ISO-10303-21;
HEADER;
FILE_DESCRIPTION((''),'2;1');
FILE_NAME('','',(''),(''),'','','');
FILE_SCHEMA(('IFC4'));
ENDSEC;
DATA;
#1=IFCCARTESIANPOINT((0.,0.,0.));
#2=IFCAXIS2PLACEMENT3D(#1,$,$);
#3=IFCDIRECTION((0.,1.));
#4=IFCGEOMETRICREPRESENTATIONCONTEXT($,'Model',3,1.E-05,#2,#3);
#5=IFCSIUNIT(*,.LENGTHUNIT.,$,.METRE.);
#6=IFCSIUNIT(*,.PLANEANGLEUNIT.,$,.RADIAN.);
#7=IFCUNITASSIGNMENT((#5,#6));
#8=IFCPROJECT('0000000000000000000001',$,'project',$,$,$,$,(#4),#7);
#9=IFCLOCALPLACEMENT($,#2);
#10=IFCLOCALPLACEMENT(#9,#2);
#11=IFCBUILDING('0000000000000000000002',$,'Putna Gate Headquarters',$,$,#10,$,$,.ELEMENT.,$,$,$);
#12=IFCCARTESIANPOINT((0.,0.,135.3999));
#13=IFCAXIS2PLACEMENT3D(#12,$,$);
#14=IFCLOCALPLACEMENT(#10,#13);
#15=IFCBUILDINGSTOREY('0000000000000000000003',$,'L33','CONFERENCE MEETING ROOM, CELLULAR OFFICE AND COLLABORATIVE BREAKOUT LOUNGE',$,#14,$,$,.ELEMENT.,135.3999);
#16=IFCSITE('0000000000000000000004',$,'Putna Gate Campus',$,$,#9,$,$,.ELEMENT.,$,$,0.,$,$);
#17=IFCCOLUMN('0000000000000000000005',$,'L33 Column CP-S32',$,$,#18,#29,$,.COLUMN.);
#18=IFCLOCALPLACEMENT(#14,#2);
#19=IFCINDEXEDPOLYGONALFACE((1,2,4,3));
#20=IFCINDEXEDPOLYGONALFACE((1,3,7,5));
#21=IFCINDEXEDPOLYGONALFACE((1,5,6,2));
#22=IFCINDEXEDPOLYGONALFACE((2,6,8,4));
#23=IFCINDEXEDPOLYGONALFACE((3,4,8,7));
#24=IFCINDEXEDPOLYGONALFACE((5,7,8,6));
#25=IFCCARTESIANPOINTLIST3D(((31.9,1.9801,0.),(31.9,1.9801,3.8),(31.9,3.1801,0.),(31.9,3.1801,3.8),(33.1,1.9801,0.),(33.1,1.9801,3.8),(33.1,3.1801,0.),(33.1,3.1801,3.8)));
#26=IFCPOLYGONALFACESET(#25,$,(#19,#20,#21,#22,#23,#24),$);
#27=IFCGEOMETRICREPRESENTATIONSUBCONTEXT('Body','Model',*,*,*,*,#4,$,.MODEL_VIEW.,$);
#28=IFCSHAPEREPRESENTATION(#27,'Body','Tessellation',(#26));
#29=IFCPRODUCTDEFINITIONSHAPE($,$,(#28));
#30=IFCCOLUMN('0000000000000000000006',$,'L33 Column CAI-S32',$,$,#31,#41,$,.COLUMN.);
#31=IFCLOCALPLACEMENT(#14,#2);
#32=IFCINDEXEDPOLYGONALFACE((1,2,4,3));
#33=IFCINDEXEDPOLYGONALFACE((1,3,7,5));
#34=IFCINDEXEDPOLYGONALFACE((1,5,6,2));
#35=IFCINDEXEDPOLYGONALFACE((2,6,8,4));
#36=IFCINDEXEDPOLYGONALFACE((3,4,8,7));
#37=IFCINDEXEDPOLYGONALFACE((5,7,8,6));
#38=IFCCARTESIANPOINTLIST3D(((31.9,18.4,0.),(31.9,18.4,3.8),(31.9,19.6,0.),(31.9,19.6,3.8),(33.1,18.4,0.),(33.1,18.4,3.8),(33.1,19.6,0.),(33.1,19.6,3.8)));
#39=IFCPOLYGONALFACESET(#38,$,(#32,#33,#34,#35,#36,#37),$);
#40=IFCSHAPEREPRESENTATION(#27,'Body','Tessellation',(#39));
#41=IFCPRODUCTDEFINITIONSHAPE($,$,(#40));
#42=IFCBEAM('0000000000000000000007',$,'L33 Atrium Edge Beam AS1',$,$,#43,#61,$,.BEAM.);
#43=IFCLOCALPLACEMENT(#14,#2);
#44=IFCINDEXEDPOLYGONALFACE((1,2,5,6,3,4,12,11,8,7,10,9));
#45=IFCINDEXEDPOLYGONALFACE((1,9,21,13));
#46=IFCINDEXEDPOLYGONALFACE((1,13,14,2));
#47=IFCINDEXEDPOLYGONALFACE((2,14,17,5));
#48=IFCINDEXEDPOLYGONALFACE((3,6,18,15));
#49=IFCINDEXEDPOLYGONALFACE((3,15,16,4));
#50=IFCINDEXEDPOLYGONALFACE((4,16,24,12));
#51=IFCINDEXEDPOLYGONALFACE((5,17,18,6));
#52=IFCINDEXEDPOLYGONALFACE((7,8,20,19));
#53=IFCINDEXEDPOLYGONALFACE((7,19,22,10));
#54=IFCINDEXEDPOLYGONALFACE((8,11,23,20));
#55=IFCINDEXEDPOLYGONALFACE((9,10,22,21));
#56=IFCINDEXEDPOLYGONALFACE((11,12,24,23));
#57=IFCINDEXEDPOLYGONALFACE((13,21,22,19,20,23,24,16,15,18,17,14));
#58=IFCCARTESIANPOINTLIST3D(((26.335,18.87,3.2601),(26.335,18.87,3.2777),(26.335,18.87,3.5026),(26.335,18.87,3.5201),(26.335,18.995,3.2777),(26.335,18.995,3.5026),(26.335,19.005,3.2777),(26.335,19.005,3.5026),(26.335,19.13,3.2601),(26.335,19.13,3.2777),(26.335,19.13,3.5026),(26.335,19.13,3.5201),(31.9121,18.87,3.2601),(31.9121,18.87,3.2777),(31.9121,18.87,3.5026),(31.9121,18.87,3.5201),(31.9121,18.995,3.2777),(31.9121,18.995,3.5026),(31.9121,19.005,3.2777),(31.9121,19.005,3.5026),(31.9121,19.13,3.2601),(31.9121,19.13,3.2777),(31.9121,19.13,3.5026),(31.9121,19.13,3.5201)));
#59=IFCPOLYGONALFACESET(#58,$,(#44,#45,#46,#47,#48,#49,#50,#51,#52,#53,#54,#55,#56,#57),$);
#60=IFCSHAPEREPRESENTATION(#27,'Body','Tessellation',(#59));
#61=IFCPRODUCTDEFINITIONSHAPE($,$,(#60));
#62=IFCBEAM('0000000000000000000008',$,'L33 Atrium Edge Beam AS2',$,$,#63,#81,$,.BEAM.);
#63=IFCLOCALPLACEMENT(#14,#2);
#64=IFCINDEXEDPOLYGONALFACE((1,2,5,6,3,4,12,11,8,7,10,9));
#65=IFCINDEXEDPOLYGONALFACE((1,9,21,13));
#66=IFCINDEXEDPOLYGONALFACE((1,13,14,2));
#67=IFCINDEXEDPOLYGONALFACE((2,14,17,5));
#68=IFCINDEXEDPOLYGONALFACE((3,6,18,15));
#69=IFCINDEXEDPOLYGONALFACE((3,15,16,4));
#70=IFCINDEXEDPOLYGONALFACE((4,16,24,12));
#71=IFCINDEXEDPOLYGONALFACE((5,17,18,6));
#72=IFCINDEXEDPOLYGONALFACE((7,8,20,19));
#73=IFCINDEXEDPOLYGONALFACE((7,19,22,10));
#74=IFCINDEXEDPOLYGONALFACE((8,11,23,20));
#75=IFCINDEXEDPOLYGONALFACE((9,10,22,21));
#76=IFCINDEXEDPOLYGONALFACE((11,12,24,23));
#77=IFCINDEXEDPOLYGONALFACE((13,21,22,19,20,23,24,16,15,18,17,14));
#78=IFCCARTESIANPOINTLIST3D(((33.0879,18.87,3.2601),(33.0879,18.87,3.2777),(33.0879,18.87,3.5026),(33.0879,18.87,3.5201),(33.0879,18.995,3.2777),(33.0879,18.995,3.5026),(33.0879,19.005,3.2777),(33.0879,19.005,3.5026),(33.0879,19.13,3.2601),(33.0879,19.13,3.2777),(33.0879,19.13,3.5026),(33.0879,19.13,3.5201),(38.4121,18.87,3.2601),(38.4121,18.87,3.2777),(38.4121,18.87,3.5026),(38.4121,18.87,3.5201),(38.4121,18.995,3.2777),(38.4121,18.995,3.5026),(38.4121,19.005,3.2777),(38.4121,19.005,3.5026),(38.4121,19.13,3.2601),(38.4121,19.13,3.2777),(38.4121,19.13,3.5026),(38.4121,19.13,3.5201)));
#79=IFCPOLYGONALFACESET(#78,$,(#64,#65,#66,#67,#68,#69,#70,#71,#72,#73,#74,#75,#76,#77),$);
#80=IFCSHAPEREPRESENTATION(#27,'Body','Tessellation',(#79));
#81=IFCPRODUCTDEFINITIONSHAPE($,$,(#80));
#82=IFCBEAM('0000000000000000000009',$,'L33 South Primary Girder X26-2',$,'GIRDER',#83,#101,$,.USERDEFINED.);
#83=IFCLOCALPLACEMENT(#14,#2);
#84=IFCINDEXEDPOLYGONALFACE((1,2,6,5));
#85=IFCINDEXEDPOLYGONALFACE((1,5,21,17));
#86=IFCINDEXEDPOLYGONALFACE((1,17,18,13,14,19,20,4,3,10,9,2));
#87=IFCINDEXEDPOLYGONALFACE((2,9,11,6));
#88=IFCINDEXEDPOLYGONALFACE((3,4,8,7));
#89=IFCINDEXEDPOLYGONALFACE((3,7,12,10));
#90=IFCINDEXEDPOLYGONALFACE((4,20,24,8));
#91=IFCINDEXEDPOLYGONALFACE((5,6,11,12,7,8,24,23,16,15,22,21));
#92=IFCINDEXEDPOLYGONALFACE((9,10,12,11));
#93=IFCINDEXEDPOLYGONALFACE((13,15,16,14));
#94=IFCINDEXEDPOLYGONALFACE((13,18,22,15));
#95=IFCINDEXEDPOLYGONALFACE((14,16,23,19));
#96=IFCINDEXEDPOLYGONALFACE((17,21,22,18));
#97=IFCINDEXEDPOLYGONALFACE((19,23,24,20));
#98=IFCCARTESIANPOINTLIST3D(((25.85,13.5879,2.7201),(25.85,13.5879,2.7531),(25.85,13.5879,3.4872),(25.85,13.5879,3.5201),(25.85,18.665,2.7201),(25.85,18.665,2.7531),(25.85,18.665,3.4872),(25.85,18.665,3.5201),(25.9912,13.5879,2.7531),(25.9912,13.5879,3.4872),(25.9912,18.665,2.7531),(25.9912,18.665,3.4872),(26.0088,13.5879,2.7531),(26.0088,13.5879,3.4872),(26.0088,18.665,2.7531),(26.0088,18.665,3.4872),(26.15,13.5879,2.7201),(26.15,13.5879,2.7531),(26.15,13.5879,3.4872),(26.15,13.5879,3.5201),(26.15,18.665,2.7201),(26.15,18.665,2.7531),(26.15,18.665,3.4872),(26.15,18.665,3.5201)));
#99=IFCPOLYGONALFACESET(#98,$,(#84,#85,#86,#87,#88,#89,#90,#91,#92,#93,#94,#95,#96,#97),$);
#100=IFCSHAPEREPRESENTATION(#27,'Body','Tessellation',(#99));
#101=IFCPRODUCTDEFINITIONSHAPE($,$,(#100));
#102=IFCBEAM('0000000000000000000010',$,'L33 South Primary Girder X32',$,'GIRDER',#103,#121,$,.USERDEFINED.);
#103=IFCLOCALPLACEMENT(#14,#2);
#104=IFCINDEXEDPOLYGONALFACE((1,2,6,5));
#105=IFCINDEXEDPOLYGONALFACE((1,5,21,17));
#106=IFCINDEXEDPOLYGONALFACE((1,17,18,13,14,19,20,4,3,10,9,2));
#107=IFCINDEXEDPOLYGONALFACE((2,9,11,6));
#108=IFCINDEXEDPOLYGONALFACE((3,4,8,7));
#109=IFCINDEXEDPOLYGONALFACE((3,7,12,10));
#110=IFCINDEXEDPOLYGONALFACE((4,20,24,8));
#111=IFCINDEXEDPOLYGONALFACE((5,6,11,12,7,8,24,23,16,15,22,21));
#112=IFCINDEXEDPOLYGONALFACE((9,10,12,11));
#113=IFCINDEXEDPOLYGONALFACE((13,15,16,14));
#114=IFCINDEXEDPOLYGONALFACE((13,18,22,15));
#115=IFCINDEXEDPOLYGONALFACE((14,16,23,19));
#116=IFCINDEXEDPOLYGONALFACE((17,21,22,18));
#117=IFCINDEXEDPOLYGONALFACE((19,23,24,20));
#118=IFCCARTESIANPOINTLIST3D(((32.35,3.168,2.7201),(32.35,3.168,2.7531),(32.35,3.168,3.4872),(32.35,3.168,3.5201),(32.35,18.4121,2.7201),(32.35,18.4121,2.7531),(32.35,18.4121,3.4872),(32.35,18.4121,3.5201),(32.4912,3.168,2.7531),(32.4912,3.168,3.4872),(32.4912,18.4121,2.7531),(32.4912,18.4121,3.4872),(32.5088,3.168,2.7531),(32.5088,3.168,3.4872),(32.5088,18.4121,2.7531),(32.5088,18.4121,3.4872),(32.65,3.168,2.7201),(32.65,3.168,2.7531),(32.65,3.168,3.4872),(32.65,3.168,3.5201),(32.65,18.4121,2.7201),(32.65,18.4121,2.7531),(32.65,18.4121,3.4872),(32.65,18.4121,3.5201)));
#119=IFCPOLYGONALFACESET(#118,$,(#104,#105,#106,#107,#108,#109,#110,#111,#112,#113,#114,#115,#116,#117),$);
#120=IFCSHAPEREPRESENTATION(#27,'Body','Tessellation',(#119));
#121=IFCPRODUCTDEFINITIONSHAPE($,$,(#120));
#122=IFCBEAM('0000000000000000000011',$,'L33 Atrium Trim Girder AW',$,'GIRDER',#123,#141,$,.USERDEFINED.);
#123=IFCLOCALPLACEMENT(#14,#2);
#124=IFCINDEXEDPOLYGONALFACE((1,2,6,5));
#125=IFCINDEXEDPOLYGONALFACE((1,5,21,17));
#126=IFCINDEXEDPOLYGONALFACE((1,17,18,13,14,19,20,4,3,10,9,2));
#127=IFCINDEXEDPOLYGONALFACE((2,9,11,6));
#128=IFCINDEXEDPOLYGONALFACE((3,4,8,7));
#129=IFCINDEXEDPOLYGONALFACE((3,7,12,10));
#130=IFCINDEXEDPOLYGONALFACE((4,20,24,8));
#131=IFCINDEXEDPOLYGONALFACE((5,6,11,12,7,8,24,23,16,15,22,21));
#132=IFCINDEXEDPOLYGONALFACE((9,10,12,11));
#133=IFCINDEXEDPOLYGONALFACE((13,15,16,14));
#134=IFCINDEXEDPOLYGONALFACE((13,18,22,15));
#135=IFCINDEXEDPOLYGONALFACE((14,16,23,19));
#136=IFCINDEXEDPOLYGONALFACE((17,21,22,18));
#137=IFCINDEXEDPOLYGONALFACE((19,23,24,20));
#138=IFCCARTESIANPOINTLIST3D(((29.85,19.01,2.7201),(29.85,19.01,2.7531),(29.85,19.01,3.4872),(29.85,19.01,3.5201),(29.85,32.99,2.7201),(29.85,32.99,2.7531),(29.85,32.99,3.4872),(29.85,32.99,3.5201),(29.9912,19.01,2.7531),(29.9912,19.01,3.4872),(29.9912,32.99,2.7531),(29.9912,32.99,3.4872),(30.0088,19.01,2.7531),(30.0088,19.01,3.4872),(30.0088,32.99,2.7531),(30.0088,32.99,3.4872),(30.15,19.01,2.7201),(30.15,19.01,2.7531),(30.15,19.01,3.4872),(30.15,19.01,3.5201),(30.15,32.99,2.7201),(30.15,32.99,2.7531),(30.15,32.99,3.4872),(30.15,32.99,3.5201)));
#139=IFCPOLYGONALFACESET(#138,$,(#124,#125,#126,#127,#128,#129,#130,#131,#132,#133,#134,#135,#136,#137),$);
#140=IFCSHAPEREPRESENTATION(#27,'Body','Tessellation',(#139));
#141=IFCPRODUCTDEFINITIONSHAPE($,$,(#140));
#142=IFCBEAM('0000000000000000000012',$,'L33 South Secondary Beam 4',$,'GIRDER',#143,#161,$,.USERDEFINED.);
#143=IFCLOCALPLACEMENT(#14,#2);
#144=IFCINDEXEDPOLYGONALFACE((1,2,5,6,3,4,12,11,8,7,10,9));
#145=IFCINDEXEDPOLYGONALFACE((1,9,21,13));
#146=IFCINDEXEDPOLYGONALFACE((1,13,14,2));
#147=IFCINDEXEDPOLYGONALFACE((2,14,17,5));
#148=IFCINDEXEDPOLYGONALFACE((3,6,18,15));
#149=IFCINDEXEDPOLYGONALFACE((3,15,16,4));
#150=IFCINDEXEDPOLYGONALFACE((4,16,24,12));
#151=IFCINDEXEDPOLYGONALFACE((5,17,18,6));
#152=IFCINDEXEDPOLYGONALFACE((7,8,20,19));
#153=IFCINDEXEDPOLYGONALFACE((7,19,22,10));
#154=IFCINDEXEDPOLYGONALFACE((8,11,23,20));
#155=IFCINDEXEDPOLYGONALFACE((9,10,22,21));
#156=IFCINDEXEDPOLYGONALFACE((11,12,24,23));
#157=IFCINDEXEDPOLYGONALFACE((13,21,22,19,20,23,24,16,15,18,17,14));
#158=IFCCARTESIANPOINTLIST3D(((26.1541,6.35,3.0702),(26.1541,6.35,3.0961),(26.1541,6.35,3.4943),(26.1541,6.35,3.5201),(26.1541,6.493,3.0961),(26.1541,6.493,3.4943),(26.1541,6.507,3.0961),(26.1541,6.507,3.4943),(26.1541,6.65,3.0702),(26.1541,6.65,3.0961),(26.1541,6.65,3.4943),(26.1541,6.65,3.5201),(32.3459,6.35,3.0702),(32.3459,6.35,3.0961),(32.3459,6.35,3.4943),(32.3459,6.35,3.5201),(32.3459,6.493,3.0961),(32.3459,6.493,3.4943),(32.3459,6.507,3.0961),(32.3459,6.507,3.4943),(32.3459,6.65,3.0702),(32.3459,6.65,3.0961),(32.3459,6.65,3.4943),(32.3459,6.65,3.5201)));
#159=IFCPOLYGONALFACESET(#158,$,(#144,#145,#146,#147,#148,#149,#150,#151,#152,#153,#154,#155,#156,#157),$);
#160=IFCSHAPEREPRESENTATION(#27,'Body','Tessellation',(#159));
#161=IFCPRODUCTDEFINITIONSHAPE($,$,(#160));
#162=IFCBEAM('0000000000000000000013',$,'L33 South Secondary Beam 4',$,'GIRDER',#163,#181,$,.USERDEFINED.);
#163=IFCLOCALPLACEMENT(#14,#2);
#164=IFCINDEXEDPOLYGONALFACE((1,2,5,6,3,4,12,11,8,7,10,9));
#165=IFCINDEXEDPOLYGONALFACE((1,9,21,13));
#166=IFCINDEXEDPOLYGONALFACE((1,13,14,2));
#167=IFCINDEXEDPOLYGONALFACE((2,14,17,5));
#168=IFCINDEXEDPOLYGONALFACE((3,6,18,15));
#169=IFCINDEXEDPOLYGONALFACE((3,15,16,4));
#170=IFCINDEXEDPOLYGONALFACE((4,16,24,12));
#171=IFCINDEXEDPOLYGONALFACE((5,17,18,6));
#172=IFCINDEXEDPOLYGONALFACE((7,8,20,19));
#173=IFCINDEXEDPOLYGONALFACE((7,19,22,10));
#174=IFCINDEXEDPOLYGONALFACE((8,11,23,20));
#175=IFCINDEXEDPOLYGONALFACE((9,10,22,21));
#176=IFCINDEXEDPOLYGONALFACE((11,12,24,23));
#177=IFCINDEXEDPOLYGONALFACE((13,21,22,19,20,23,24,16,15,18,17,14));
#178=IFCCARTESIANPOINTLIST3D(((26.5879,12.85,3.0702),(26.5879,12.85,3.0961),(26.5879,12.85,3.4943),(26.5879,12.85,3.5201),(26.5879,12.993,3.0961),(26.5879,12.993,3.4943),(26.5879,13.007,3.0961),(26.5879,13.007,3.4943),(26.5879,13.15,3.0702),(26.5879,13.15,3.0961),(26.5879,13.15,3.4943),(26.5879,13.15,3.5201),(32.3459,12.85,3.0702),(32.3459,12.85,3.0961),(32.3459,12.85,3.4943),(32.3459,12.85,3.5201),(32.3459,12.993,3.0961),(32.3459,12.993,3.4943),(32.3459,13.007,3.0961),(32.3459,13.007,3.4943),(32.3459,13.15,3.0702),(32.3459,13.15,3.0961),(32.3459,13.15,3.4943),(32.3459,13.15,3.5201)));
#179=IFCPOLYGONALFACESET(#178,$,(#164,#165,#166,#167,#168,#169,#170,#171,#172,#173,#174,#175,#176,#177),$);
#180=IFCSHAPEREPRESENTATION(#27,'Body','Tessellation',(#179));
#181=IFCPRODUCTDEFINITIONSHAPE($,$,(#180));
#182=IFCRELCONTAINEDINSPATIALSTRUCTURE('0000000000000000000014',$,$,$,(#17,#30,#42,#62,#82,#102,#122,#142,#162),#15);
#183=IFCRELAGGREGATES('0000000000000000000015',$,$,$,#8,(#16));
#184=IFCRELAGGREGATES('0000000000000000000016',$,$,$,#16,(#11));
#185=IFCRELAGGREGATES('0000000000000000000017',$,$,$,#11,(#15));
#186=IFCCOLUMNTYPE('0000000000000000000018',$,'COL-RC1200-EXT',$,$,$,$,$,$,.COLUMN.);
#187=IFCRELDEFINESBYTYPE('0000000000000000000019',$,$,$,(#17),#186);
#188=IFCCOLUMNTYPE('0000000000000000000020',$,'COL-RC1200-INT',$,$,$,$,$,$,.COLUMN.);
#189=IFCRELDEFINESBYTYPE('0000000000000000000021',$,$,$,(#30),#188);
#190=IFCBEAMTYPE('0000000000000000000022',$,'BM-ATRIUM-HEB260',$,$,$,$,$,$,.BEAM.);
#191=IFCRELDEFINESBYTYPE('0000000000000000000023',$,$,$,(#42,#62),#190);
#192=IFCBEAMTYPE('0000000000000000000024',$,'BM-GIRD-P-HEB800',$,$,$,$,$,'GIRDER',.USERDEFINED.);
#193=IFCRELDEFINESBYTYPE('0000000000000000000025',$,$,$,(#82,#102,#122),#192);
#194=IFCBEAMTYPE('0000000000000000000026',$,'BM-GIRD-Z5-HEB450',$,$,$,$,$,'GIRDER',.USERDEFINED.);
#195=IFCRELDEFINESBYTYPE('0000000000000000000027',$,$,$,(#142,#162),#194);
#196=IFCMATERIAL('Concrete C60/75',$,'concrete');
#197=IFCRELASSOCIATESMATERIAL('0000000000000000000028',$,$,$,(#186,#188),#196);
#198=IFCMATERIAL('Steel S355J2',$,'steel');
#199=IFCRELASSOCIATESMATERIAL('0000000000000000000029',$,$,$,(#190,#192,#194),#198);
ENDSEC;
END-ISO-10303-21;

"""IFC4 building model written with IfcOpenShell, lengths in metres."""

from ifc_helpers import new_model, si_unit, direction, frame, origin, origin_2d, place, context, subcontext, project, spatial, rectangle, i_section, extrude, material, material_profile, profile_set, type_object, element, save


model = new_model("IFC4")

# Units and contexts
model_context = context("Model", 3, precision=1e-05, world=origin(), true_north=direction((0.0, 1.0)))
body_context = subcontext(model_context, "Body", "Model", "MODEL_VIEW")
ifc_project = project(units=[si_unit("LENGTHUNIT", "METRE"), si_unit("PLANEANGLEUNIT", "RADIAN")], contexts=[model_context])

# Site, building, storey
site_placement = place(None, origin())
site = spatial("IfcSite", under=ifc_project, at=site_placement, Name="Putna Gate Campus", CompositionType="ELEMENT", RefElevation=0.0)
building_placement = place(site_placement, origin())
building = spatial("IfcBuilding", under=site, at=building_placement, Name="Putna Gate Headquarters", CompositionType="ELEMENT")
storey_placement = place(building_placement, frame((0.0, 0.0, 135.3999)))
storey = spatial("IfcBuildingStorey", under=building, at=storey_placement, Name="L33", Description="CONFERENCE MEETING ROOM, CELLULAR OFFICE AND COLLABORATIVE BREAKOUT LOUNGE", CompositionType="ELEMENT", Elevation=135.3999)

# Columns
ifc_material_1 = material(Name="Concrete C60/75", Category="concrete")
ifc_material_profile_1 = material_profile(ifc_material_1, rectangle(XDim=1.2, YDim=1.2, at=origin_2d()), Name="Concrete C60/75")
ifc_profile_set_1 = profile_set([ifc_material_profile_1], Name="Concrete C60/75")
column_type_1 = type_object("IfcColumnType", Name="COL-RC1200-EXT", PredefinedType="COLUMN", material=ifc_profile_set_1)
column_1_placement = place(storey_placement, frame((32.5, 2.5801, 0.0), z_axis=(0.0, 0.0, 1.0), x_axis=(1.0, 0.0, 0.0)))
element("IfcColumn", 1, at=column_1_placement, inside=storey, type_object=column_type_1, Name="L33 Column CP-S32", PredefinedType="COLUMN", context=body_context, shape_type="SweptSolid", body=[
    extrude(rectangle(XDim=1.2, YDim=1.2, at=origin_2d()), origin(), (0.0, 0.0, 1.0), 3.8),
])
ifc_material_profile_2 = material_profile(ifc_material_1, rectangle(XDim=1.2, YDim=1.2, at=origin_2d()), Name="Concrete C60/75")
ifc_profile_set_2 = profile_set([ifc_material_profile_2], Name="Concrete C60/75")
column_type_2 = type_object("IfcColumnType", Name="COL-RC1200-INT", PredefinedType="COLUMN", material=ifc_profile_set_2)
column_2_placement = place(storey_placement, frame((32.5, 19.0, 0.0), z_axis=(0.0, 0.0, 1.0), x_axis=(1.0, 0.0, 0.0)))
element("IfcColumn", 2, at=column_2_placement, inside=storey, type_object=column_type_2, Name="L33 Column CAI-S32", PredefinedType="COLUMN", context=body_context, shape_type="SweptSolid", body=[
    extrude(rectangle(XDim=1.2, YDim=1.2, at=origin_2d()), origin(), (0.0, 0.0, 1.0), 3.8),
])

# Beams
ifc_material_2 = material(Name="Steel S355J2", Category="steel")
ifc_material_profile_3 = material_profile(ifc_material_2, i_section(OverallWidth=0.26, OverallDepth=0.26, WebThickness=0.01, FlangeThickness=0.0176, at=origin_2d()), Name="Steel S355J2")
ifc_profile_set_3 = profile_set([ifc_material_profile_3], Name="Steel S355J2")
beam_type_1 = type_object("IfcBeamType", Name="BM-ATRIUM-HEB260", PredefinedType="BEAM", material=ifc_profile_set_3)
beam_1_placement = place(storey_placement, frame((26.335, 19.0, 3.3901), z_axis=(1.0, 0.0, 0.0), x_axis=(0.0, 1.0, 0.0)))
element("IfcBeam", 3, at=beam_1_placement, inside=storey, type_object=beam_type_1, Name="L33 Atrium Edge Beam AS1", PredefinedType="BEAM", context=body_context, shape_type="SweptSolid", body=[
    extrude(i_section(OverallWidth=0.26, OverallDepth=0.26, WebThickness=0.01, FlangeThickness=0.0176, at=origin_2d()), origin(), (0.0, 0.0, 1.0), 5.5771),
])
beam_2_placement = place(storey_placement, frame((33.0879, 19.0, 3.3901), z_axis=(1.0, 0.0, 0.0), x_axis=(0.0, 1.0, 0.0)))
element("IfcBeam", 4, at=beam_2_placement, inside=storey, type_object=beam_type_1, Name="L33 Atrium Edge Beam AS2", PredefinedType="BEAM", context=body_context, shape_type="SweptSolid", body=[
    extrude(i_section(OverallWidth=0.26, OverallDepth=0.26, WebThickness=0.01, FlangeThickness=0.0176, at=origin_2d()), origin(), (0.0, 0.0, 1.0), 5.3242),
])
ifc_material_profile_4 = material_profile(ifc_material_2, i_section(OverallWidth=0.3, OverallDepth=0.8, WebThickness=0.0176, FlangeThickness=0.033, at=origin_2d()), Name="Steel S355J2")
ifc_profile_set_4 = profile_set([ifc_material_profile_4], Name="Steel S355J2")
beam_type_2 = type_object("IfcBeamType", Name="BM-GIRD-P-HEB800", ElementType="GIRDER", PredefinedType="USERDEFINED", material=ifc_profile_set_4)
beam_3_placement = place(storey_placement, frame((26.0, 13.5879, 3.1201), z_axis=(0.0, 1.0, 0.0), x_axis=(-1.0, 0.0, 0.0)))
element("IfcBeam", 5, at=beam_3_placement, inside=storey, type_object=beam_type_2, Name="L33 South Primary Girder X26-2", ObjectType="GIRDER", PredefinedType="USERDEFINED", context=body_context, shape_type="SweptSolid", body=[
    extrude(i_section(OverallWidth=0.3, OverallDepth=0.8, WebThickness=0.0176, FlangeThickness=0.033, at=origin_2d()), origin(), (0.0, 0.0, 1.0), 5.0771),
])
beam_4_placement = place(storey_placement, frame((32.5, 3.168, 3.1201), z_axis=(0.0, 1.0, 0.0), x_axis=(-1.0, 0.0, 0.0)))
element("IfcBeam", 6, at=beam_4_placement, inside=storey, type_object=beam_type_2, Name="L33 South Primary Girder X32", ObjectType="GIRDER", PredefinedType="USERDEFINED", context=body_context, shape_type="SweptSolid", body=[
    extrude(i_section(OverallWidth=0.3, OverallDepth=0.8, WebThickness=0.0176, FlangeThickness=0.033, at=origin_2d()), origin(), (0.0, 0.0, 1.0), 15.2441),
])
beam_5_placement = place(storey_placement, frame((30.0, 19.01, 3.1201), z_axis=(0.0, 1.0, 0.0), x_axis=(-1.0, 0.0, 0.0)))
element("IfcBeam", 7, at=beam_5_placement, inside=storey, type_object=beam_type_2, Name="L33 Atrium Trim Girder AW", ObjectType="GIRDER", PredefinedType="USERDEFINED", context=body_context, shape_type="SweptSolid", body=[
    extrude(i_section(OverallWidth=0.3, OverallDepth=0.8, WebThickness=0.0176, FlangeThickness=0.033, at=origin_2d()), origin(), (0.0, 0.0, 1.0), 13.98),
])
ifc_material_profile_5 = material_profile(ifc_material_2, i_section(OverallWidth=0.3, OverallDepth=0.45, WebThickness=0.0139, FlangeThickness=0.0259, at=origin_2d()), Name="Steel S355J2")
ifc_profile_set_5 = profile_set([ifc_material_profile_5], Name="Steel S355J2")
beam_type_3 = type_object("IfcBeamType", Name="BM-GIRD-Z5-HEB450", ElementType="GIRDER", PredefinedType="USERDEFINED", material=ifc_profile_set_5)
beam_6_placement = place(storey_placement, frame((26.1541, 6.5, 3.2952), z_axis=(1.0, 0.0, 0.0), x_axis=(0.0, 1.0, 0.0)))
element("IfcBeam", 8, at=beam_6_placement, inside=storey, type_object=beam_type_3, Name="L33 South Secondary Beam 4", ObjectType="GIRDER", PredefinedType="USERDEFINED", context=body_context, shape_type="SweptSolid", body=[
    extrude(i_section(OverallWidth=0.3, OverallDepth=0.45, WebThickness=0.0139, FlangeThickness=0.0259, at=origin_2d()), origin(), (0.0, 0.0, 1.0), 6.1919),
])
beam_7_placement = place(storey_placement, frame((26.5879, 13.0, 3.2952), z_axis=(1.0, 0.0, 0.0), x_axis=(0.0, 1.0, 0.0)))
element("IfcBeam", 9, at=beam_7_placement, inside=storey, type_object=beam_type_3, Name="L33 South Secondary Beam 4", ObjectType="GIRDER", PredefinedType="USERDEFINED", context=body_context, shape_type="SweptSolid", body=[
    extrude(i_section(OverallWidth=0.3, OverallDepth=0.45, WebThickness=0.0139, FlangeThickness=0.0259, at=origin_2d()), origin(), (0.0, 0.0, 1.0), 5.7581),
])

save(model, "model.ifc")
